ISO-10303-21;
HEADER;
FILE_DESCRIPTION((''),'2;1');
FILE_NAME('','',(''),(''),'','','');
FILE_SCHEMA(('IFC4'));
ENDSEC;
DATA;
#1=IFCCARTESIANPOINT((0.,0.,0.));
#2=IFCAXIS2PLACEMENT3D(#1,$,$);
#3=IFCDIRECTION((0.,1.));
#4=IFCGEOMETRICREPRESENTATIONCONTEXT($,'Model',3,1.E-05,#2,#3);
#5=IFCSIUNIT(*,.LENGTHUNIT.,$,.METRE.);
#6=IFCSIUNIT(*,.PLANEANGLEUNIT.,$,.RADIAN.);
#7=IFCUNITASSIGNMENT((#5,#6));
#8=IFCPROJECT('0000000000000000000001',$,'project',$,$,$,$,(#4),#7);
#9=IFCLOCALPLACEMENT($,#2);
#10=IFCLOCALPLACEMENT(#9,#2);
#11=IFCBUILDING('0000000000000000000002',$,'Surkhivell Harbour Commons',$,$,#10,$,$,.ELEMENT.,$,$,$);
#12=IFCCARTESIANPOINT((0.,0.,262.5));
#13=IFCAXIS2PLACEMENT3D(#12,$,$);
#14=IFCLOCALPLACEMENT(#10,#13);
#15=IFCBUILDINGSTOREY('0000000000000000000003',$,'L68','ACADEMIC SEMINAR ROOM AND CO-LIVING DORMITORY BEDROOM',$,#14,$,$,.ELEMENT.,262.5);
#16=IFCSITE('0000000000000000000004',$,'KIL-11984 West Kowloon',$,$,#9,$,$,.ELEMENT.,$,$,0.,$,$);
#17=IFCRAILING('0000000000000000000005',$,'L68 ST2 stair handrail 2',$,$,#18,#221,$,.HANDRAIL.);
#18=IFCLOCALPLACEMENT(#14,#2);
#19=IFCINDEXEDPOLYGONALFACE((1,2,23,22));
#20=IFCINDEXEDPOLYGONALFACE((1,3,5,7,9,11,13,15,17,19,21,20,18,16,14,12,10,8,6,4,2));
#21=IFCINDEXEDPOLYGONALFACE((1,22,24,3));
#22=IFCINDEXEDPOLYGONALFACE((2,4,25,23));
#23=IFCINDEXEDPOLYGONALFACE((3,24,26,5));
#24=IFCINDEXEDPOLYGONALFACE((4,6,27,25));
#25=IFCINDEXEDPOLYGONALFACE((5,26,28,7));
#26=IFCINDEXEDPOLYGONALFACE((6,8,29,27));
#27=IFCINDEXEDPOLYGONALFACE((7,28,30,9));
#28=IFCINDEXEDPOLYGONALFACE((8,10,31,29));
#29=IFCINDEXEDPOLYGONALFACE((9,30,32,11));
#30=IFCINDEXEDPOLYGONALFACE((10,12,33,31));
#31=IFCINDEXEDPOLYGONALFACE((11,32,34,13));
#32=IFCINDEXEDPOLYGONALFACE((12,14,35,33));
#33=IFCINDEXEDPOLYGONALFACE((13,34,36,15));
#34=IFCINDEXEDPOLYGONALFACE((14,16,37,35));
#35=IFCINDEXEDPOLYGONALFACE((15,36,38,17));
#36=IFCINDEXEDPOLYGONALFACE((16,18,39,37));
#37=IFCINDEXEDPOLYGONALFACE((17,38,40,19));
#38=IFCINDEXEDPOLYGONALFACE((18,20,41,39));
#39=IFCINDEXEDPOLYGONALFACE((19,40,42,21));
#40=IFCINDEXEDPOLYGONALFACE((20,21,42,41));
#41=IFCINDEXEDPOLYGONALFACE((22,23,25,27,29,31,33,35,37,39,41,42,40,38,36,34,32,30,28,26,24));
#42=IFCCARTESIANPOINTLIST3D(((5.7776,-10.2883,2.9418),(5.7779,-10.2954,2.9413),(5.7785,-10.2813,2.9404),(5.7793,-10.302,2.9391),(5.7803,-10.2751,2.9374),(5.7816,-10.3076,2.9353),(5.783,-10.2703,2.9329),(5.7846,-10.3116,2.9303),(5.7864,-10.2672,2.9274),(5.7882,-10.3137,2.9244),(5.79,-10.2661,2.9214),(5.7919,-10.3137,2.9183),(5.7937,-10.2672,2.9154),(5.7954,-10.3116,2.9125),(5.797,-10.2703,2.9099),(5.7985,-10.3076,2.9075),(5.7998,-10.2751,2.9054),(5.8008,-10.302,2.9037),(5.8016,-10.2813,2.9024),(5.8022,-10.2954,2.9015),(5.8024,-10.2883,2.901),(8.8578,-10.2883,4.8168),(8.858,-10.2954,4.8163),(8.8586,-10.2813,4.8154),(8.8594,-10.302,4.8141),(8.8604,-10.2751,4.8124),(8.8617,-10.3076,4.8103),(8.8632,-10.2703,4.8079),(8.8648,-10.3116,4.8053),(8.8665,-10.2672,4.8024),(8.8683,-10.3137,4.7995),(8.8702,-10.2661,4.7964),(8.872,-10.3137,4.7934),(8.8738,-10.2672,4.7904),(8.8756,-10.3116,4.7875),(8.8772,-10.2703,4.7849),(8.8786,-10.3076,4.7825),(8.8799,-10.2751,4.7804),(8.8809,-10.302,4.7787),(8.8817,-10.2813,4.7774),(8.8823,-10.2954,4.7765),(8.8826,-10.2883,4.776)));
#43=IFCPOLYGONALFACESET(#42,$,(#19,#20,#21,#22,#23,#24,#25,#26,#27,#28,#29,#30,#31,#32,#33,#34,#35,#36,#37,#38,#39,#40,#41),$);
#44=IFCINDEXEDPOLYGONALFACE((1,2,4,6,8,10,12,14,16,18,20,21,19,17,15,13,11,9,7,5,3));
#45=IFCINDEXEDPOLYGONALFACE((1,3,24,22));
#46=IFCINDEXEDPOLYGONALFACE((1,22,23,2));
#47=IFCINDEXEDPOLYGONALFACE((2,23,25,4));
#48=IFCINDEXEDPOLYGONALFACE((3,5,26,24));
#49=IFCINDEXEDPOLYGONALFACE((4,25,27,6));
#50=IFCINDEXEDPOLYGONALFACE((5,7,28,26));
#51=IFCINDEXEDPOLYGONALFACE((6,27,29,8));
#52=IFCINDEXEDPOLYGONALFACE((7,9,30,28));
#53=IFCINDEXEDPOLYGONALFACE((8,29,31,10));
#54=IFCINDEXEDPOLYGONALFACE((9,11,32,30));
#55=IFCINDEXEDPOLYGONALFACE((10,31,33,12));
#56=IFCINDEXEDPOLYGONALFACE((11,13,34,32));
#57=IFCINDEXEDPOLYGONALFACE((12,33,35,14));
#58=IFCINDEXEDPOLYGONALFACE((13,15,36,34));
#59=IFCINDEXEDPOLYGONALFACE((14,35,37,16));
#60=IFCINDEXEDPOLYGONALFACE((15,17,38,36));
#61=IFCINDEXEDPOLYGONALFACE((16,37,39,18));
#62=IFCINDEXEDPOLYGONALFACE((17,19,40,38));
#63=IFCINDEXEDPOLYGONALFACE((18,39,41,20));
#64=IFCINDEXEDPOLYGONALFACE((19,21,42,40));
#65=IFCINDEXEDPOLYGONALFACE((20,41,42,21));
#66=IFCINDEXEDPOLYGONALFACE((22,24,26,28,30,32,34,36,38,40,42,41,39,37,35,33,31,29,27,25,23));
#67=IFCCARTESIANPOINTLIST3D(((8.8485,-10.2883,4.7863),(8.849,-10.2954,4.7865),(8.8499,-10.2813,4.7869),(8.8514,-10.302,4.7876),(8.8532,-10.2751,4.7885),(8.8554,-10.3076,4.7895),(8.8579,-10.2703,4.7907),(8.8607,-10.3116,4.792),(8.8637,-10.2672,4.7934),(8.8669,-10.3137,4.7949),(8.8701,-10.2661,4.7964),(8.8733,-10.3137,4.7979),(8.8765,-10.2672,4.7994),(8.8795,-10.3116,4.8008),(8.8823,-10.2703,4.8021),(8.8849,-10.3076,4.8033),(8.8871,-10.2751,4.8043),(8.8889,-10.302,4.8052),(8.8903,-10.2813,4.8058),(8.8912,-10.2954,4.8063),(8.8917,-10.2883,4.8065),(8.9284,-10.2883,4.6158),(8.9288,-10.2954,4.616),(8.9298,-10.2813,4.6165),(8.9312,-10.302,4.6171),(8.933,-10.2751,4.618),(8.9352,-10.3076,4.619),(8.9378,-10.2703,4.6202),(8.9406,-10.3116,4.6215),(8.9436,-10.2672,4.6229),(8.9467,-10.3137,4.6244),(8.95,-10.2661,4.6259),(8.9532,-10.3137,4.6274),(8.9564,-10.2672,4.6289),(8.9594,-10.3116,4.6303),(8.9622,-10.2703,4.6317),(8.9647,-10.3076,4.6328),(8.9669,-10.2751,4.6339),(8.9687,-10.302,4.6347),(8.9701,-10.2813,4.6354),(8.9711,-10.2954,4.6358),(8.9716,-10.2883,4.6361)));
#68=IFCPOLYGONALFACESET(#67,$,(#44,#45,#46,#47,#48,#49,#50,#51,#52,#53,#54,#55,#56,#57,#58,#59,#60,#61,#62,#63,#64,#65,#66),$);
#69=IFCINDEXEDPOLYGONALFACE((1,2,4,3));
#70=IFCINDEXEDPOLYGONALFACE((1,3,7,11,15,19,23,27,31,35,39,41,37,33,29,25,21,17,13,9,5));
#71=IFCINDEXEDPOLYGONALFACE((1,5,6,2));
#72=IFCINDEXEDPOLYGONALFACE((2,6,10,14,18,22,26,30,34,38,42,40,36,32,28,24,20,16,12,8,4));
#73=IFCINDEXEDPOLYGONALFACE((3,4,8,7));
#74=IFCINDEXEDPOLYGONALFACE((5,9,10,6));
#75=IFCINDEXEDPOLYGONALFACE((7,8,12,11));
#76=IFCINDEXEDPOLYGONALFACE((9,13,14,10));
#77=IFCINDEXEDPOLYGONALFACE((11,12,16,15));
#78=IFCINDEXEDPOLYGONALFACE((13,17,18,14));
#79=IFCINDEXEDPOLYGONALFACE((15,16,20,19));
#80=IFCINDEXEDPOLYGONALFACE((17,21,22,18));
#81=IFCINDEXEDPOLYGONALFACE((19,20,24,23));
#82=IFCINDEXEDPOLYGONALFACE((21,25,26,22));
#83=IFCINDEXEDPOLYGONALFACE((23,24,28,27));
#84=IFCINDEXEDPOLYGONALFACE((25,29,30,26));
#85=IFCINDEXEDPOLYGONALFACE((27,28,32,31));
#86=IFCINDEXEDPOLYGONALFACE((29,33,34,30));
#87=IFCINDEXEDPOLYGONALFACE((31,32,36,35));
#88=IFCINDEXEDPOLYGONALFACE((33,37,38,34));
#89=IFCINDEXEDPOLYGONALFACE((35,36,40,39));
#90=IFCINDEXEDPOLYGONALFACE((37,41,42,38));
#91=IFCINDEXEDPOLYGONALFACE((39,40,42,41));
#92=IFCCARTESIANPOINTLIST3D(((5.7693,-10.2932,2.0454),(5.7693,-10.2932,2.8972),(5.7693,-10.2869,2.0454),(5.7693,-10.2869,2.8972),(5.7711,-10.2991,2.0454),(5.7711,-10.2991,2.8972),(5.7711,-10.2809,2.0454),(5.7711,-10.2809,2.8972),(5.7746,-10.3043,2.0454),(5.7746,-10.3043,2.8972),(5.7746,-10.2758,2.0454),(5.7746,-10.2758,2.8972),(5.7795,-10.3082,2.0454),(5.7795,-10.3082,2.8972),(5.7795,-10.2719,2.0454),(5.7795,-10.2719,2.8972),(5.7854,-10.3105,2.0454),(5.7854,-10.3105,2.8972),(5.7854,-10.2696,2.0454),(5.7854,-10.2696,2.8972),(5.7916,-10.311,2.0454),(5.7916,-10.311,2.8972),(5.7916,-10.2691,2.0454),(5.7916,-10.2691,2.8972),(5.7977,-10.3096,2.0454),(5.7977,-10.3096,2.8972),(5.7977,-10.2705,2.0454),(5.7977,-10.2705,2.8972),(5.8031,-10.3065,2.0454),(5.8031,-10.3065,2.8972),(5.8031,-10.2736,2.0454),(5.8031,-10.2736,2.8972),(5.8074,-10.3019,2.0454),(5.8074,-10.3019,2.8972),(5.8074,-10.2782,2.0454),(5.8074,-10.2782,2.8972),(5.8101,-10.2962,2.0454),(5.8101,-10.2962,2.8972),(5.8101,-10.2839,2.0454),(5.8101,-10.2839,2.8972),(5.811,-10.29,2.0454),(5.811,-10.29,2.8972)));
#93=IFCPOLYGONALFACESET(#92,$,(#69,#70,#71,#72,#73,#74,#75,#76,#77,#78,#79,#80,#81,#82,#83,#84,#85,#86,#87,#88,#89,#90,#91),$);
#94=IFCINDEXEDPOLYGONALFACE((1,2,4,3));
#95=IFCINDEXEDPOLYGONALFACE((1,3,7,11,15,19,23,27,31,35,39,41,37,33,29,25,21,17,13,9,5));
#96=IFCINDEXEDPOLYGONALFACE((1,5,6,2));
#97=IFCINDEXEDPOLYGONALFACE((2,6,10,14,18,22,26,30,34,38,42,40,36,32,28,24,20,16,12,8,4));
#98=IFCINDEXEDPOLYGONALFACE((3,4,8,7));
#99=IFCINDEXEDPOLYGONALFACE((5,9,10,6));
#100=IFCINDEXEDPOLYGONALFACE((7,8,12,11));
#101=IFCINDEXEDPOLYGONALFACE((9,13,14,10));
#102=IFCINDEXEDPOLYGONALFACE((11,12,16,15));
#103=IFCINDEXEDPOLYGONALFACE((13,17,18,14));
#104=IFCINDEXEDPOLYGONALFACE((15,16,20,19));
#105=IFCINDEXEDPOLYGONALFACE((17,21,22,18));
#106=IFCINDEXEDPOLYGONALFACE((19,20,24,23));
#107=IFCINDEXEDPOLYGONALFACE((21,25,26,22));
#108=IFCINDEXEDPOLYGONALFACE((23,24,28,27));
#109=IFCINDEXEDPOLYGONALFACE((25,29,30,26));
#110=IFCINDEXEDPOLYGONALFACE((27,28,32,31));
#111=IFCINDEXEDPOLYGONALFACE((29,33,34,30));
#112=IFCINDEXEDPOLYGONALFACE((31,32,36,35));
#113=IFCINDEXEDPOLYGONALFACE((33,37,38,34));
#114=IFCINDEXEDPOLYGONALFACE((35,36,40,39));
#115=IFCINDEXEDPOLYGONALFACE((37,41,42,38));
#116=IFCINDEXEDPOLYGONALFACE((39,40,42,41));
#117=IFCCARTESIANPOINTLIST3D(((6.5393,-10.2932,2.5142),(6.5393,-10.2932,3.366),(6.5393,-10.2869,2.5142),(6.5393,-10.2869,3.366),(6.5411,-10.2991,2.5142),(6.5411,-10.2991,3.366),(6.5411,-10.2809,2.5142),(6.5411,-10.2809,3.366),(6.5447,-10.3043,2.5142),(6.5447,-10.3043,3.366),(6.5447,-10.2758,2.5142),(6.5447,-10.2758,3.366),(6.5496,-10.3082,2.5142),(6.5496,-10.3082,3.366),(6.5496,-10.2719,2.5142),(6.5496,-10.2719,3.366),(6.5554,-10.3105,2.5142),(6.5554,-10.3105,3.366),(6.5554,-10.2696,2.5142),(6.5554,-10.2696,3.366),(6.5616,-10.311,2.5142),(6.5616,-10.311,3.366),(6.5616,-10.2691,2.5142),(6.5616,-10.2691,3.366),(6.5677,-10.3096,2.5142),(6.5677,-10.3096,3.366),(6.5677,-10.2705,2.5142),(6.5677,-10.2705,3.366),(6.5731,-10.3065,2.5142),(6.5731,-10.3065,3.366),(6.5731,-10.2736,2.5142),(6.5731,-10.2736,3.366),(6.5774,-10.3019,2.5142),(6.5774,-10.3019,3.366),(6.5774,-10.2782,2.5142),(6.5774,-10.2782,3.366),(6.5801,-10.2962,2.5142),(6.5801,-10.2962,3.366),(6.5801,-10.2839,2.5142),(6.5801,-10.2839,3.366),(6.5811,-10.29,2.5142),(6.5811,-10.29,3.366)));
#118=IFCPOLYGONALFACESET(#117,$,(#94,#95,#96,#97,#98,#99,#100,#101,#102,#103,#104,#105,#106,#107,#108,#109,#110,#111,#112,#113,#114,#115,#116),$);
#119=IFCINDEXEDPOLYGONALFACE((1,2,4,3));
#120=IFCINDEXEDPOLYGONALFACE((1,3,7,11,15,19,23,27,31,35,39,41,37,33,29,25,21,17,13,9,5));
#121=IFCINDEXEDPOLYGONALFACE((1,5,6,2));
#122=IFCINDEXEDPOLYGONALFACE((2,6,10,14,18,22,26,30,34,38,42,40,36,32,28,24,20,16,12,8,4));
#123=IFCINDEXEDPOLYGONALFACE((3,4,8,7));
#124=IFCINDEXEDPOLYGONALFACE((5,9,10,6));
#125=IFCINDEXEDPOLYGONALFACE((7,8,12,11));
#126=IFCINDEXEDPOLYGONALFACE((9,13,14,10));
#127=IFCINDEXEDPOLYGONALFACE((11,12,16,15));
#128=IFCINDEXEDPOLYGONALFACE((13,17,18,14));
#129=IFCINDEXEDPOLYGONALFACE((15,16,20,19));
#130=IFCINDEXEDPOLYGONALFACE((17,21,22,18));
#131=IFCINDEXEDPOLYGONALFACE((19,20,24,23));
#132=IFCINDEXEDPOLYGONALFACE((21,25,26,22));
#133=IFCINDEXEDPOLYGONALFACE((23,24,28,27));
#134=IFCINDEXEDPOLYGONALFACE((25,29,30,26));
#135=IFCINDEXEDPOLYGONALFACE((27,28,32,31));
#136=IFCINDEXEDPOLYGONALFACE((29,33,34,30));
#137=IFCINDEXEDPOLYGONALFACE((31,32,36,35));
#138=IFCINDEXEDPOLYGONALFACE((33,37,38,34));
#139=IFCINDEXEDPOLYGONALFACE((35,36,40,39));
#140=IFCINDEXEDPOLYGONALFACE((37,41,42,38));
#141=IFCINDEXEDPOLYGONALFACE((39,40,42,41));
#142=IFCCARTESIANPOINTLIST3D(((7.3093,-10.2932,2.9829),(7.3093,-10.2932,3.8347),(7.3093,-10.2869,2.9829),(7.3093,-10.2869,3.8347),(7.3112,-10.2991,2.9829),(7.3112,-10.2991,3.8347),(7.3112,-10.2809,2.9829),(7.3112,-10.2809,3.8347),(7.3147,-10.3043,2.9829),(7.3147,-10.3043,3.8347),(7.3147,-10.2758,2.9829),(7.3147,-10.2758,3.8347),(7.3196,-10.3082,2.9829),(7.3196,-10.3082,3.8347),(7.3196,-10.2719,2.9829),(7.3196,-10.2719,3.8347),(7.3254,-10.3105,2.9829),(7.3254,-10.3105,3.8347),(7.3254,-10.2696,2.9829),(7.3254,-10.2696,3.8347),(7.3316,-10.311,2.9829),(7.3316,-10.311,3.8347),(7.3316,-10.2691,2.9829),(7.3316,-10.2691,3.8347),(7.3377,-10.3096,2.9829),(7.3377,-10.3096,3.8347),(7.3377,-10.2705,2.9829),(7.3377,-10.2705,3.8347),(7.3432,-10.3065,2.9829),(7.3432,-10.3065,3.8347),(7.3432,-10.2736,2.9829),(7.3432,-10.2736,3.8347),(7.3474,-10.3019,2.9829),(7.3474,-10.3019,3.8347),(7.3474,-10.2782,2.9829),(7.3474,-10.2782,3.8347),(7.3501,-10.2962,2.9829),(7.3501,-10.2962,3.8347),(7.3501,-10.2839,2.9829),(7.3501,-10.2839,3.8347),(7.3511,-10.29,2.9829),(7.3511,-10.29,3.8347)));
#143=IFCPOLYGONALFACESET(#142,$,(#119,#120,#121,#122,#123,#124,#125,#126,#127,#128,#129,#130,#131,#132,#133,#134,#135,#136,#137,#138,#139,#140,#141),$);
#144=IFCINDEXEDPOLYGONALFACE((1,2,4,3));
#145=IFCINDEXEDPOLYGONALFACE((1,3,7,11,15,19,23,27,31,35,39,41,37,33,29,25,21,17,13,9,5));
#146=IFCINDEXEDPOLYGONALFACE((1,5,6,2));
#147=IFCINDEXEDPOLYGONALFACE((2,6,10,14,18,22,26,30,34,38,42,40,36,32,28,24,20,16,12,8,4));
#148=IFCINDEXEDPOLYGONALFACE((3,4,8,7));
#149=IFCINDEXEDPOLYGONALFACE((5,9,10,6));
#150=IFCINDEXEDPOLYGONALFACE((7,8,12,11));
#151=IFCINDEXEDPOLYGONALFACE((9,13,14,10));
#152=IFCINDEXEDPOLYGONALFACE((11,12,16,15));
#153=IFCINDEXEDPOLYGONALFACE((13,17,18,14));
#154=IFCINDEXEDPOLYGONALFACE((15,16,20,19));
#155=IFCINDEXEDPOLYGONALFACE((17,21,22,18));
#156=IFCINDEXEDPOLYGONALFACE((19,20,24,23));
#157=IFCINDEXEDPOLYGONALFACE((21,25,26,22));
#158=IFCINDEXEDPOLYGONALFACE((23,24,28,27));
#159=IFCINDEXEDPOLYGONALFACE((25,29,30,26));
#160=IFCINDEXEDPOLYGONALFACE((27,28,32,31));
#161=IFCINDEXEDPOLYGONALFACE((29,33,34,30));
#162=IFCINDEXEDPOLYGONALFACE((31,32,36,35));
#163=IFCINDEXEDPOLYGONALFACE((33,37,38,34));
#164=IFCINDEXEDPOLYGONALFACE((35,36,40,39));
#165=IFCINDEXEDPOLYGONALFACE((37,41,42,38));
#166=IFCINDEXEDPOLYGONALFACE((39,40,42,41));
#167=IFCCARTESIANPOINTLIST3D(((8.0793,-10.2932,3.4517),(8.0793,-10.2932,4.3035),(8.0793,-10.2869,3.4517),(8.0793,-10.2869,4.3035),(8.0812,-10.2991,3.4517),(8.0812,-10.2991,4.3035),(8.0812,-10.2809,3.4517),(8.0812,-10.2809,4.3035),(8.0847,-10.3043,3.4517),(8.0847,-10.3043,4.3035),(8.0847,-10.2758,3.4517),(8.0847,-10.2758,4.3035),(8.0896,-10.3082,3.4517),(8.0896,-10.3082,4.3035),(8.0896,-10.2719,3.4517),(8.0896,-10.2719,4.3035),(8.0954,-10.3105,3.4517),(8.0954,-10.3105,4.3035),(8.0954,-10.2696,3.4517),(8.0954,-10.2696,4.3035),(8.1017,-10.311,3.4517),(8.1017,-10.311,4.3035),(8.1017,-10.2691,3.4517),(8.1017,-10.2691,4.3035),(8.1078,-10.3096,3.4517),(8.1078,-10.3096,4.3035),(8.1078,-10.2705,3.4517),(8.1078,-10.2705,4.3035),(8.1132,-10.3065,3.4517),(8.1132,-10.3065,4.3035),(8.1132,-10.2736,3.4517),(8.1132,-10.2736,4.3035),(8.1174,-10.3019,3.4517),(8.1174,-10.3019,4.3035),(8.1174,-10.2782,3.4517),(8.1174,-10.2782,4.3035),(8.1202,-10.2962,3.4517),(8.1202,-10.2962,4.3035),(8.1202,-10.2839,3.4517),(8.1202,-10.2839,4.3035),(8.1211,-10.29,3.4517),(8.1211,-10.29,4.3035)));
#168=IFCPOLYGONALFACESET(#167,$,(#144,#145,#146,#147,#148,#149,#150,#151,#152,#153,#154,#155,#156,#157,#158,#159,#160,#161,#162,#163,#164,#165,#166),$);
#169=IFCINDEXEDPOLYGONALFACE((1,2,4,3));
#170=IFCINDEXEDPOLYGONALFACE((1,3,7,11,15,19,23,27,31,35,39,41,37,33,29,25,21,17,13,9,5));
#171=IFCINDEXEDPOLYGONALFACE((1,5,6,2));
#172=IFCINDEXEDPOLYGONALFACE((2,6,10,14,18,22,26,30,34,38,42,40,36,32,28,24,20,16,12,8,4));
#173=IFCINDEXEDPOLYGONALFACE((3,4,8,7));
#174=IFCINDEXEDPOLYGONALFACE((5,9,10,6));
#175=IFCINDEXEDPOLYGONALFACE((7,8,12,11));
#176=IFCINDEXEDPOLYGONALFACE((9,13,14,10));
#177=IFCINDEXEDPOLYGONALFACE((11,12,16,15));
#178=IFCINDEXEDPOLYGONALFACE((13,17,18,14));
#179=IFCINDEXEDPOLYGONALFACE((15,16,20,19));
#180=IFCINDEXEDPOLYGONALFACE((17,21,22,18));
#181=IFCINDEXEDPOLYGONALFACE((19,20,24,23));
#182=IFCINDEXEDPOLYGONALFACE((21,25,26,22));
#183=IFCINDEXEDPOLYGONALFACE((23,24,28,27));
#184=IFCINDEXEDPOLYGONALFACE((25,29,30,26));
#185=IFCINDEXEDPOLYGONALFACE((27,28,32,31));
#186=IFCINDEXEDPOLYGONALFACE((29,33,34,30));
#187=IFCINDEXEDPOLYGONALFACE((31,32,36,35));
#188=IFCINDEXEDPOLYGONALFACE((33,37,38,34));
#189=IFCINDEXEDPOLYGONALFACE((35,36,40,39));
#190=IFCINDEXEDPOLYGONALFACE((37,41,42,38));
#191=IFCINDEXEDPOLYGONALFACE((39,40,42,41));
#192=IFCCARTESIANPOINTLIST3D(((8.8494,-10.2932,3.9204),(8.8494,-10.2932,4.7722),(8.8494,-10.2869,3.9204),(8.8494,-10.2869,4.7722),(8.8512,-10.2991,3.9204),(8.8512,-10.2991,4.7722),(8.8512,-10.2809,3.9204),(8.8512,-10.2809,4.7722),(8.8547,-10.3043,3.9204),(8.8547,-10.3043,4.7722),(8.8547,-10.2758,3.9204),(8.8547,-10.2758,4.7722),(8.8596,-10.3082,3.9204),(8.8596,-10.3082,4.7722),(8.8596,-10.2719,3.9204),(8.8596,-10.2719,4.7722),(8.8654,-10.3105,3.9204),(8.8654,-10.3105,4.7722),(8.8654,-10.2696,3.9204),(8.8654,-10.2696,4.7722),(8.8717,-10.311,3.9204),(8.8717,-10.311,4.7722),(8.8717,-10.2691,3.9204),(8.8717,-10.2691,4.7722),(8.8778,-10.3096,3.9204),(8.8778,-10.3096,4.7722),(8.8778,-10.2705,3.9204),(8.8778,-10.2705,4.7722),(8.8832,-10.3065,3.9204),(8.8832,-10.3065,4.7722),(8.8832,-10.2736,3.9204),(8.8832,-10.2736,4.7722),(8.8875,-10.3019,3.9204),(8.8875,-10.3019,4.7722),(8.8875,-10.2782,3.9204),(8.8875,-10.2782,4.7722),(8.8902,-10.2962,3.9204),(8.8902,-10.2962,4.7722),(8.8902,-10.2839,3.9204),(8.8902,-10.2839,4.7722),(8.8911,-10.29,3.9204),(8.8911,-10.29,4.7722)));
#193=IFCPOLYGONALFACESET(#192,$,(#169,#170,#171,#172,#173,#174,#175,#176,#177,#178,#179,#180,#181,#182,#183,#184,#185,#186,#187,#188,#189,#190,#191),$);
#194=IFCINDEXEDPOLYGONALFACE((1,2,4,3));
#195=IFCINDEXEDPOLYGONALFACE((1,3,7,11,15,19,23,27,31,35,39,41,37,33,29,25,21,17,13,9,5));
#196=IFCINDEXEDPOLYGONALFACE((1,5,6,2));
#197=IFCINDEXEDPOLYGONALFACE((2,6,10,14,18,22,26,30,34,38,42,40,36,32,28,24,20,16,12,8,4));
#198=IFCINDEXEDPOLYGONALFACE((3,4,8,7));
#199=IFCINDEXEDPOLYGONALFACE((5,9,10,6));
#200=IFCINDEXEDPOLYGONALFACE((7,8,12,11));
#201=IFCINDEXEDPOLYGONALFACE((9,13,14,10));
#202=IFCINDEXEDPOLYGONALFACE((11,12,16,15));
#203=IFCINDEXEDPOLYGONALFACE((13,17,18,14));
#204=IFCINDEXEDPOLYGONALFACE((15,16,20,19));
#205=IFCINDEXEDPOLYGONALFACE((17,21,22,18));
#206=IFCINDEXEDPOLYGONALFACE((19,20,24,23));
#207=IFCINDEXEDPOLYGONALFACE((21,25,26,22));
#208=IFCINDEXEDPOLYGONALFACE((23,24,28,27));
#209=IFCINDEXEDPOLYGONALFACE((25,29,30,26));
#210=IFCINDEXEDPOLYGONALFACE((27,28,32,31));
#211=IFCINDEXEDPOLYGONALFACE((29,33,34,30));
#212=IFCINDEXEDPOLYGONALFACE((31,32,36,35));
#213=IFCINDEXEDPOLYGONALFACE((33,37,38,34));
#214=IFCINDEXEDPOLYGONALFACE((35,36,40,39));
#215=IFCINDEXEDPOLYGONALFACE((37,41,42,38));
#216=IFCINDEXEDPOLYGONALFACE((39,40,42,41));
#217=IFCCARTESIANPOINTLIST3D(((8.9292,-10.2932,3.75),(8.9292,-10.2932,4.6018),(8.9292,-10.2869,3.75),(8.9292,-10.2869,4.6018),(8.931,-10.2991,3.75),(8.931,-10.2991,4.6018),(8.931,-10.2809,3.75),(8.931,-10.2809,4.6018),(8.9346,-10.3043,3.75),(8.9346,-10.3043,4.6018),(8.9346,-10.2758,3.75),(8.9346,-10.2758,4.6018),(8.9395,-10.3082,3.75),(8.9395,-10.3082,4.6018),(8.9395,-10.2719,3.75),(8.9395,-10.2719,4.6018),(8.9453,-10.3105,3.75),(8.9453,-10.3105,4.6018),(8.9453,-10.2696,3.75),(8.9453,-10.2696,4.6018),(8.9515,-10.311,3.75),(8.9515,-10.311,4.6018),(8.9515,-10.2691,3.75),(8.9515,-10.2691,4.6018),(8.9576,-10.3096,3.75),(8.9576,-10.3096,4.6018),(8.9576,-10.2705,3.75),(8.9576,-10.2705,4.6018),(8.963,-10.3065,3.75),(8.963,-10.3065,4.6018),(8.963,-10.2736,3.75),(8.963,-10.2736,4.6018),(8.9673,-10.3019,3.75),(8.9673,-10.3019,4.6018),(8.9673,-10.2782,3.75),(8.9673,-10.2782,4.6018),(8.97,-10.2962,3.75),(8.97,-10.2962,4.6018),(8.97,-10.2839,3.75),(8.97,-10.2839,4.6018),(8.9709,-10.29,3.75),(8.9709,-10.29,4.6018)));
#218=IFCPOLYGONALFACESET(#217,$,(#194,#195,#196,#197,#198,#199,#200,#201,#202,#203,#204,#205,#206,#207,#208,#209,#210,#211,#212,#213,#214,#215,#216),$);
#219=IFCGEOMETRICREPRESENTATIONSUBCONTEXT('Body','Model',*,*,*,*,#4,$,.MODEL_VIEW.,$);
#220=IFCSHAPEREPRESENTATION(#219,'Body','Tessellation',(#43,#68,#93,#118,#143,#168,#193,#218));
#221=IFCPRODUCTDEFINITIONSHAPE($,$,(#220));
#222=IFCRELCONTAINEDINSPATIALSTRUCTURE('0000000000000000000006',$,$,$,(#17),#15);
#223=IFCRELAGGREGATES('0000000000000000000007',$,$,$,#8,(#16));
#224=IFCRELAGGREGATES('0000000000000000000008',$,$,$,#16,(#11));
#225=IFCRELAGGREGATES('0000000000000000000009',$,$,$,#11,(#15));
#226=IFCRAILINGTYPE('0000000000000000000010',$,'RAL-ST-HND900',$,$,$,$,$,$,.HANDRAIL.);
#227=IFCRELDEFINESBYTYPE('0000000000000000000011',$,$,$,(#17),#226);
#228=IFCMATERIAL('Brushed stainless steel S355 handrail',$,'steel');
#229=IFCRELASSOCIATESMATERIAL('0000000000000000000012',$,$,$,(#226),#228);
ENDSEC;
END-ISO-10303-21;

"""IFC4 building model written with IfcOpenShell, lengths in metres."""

from ifc_helpers import new_model, si_unit, direction, frame, origin, origin_2d, place, context, subcontext, project, spatial, circle, extrude, material, type_object, element, save


model = new_model("IFC4")

# Units and contexts
model_context = context("Model", 3, precision=1e-05, world=origin(), true_north=direction((0.0, 1.0)))
body_context = subcontext(model_context, "Body", "Model", "MODEL_VIEW")
ifc_project = project(units=[si_unit("LENGTHUNIT", "METRE"), si_unit("PLANEANGLEUNIT", "RADIAN")], contexts=[model_context])

# Site, building, storey
site_placement = place(None, origin())
site = spatial("IfcSite", under=ifc_project, at=site_placement, Name="KIL-11984 West Kowloon", CompositionType="ELEMENT", RefElevation=0.0)
building_placement = place(site_placement, origin())
building = spatial("IfcBuilding", under=site, at=building_placement, Name="Surkhivell Harbour Commons", CompositionType="ELEMENT")
storey_placement = place(building_placement, frame((0.0, 0.0, 262.5)))
storey = spatial("IfcBuildingStorey", under=building, at=storey_placement, Name="L68", Description="ACADEMIC SEMINAR ROOM AND CO-LIVING DORMITORY BEDROOM", CompositionType="ELEMENT", Elevation=262.5)

# Railing
ifc_material_1 = material(Name="Brushed stainless steel S355 handrail", Category="steel")
railing_type_1 = type_object("IfcRailingType", Name="RAL-ST-HND900", PredefinedType="HANDRAIL", material=ifc_material_1)
railing_1_placement = place(storey_placement, frame((5.79, -10.29, 2.0454)))
element("IfcRailing", 1, at=railing_1_placement, inside=storey, type_object=railing_type_1, Name="L68 ST2 stair handrail 2", PredefinedType="HANDRAIL", context=body_context, shape_type="SweptSolid", body=[
    extrude(circle(Radius=0.0239, at=origin_2d()), frame((0.0, 0.0, 0.876), z_axis=(0.854178, 0.0, 0.519981), x_axis=(0.0, 1.0, 0.0)), (0.0, 0.0, 1.0), 3.606),
    extrude(circle(Radius=0.0239, at=origin_2d()), frame((3.0801, 0.0, 2.751), z_axis=(0.424234, 0.0, -0.905552), x_axis=(0.0, 1.0, 0.0)), (0.0, 0.0, 1.0), 0.1882),
    extrude(circle(Radius=0.021, at=origin_2d()), origin(), (0.0, 0.0, 1.0), 0.8518),
    extrude(circle(Radius=0.021, at=origin_2d()), frame((0.77, 0.0, 0.4688)), (0.0, 0.0, 1.0), 0.8518),
    extrude(circle(Radius=0.021, at=origin_2d()), frame((1.54, 0.0, 0.9375)), (0.0, 0.0, 1.0), 0.8518),
    extrude(circle(Radius=0.021, at=origin_2d()), frame((2.3101, 0.0, 1.4062)), (0.0, 0.0, 1.0), 0.8518),
    extrude(circle(Radius=0.021, at=origin_2d()), frame((3.0801, 0.0, 1.875)), (0.0, 0.0, 1.0), 0.8518),
    extrude(circle(Radius=0.021, at=origin_2d()), frame((3.1599, 0.0, 1.7046)), (0.0, 0.0, 1.0), 0.8518),
])

save(model, "model.ifc")
